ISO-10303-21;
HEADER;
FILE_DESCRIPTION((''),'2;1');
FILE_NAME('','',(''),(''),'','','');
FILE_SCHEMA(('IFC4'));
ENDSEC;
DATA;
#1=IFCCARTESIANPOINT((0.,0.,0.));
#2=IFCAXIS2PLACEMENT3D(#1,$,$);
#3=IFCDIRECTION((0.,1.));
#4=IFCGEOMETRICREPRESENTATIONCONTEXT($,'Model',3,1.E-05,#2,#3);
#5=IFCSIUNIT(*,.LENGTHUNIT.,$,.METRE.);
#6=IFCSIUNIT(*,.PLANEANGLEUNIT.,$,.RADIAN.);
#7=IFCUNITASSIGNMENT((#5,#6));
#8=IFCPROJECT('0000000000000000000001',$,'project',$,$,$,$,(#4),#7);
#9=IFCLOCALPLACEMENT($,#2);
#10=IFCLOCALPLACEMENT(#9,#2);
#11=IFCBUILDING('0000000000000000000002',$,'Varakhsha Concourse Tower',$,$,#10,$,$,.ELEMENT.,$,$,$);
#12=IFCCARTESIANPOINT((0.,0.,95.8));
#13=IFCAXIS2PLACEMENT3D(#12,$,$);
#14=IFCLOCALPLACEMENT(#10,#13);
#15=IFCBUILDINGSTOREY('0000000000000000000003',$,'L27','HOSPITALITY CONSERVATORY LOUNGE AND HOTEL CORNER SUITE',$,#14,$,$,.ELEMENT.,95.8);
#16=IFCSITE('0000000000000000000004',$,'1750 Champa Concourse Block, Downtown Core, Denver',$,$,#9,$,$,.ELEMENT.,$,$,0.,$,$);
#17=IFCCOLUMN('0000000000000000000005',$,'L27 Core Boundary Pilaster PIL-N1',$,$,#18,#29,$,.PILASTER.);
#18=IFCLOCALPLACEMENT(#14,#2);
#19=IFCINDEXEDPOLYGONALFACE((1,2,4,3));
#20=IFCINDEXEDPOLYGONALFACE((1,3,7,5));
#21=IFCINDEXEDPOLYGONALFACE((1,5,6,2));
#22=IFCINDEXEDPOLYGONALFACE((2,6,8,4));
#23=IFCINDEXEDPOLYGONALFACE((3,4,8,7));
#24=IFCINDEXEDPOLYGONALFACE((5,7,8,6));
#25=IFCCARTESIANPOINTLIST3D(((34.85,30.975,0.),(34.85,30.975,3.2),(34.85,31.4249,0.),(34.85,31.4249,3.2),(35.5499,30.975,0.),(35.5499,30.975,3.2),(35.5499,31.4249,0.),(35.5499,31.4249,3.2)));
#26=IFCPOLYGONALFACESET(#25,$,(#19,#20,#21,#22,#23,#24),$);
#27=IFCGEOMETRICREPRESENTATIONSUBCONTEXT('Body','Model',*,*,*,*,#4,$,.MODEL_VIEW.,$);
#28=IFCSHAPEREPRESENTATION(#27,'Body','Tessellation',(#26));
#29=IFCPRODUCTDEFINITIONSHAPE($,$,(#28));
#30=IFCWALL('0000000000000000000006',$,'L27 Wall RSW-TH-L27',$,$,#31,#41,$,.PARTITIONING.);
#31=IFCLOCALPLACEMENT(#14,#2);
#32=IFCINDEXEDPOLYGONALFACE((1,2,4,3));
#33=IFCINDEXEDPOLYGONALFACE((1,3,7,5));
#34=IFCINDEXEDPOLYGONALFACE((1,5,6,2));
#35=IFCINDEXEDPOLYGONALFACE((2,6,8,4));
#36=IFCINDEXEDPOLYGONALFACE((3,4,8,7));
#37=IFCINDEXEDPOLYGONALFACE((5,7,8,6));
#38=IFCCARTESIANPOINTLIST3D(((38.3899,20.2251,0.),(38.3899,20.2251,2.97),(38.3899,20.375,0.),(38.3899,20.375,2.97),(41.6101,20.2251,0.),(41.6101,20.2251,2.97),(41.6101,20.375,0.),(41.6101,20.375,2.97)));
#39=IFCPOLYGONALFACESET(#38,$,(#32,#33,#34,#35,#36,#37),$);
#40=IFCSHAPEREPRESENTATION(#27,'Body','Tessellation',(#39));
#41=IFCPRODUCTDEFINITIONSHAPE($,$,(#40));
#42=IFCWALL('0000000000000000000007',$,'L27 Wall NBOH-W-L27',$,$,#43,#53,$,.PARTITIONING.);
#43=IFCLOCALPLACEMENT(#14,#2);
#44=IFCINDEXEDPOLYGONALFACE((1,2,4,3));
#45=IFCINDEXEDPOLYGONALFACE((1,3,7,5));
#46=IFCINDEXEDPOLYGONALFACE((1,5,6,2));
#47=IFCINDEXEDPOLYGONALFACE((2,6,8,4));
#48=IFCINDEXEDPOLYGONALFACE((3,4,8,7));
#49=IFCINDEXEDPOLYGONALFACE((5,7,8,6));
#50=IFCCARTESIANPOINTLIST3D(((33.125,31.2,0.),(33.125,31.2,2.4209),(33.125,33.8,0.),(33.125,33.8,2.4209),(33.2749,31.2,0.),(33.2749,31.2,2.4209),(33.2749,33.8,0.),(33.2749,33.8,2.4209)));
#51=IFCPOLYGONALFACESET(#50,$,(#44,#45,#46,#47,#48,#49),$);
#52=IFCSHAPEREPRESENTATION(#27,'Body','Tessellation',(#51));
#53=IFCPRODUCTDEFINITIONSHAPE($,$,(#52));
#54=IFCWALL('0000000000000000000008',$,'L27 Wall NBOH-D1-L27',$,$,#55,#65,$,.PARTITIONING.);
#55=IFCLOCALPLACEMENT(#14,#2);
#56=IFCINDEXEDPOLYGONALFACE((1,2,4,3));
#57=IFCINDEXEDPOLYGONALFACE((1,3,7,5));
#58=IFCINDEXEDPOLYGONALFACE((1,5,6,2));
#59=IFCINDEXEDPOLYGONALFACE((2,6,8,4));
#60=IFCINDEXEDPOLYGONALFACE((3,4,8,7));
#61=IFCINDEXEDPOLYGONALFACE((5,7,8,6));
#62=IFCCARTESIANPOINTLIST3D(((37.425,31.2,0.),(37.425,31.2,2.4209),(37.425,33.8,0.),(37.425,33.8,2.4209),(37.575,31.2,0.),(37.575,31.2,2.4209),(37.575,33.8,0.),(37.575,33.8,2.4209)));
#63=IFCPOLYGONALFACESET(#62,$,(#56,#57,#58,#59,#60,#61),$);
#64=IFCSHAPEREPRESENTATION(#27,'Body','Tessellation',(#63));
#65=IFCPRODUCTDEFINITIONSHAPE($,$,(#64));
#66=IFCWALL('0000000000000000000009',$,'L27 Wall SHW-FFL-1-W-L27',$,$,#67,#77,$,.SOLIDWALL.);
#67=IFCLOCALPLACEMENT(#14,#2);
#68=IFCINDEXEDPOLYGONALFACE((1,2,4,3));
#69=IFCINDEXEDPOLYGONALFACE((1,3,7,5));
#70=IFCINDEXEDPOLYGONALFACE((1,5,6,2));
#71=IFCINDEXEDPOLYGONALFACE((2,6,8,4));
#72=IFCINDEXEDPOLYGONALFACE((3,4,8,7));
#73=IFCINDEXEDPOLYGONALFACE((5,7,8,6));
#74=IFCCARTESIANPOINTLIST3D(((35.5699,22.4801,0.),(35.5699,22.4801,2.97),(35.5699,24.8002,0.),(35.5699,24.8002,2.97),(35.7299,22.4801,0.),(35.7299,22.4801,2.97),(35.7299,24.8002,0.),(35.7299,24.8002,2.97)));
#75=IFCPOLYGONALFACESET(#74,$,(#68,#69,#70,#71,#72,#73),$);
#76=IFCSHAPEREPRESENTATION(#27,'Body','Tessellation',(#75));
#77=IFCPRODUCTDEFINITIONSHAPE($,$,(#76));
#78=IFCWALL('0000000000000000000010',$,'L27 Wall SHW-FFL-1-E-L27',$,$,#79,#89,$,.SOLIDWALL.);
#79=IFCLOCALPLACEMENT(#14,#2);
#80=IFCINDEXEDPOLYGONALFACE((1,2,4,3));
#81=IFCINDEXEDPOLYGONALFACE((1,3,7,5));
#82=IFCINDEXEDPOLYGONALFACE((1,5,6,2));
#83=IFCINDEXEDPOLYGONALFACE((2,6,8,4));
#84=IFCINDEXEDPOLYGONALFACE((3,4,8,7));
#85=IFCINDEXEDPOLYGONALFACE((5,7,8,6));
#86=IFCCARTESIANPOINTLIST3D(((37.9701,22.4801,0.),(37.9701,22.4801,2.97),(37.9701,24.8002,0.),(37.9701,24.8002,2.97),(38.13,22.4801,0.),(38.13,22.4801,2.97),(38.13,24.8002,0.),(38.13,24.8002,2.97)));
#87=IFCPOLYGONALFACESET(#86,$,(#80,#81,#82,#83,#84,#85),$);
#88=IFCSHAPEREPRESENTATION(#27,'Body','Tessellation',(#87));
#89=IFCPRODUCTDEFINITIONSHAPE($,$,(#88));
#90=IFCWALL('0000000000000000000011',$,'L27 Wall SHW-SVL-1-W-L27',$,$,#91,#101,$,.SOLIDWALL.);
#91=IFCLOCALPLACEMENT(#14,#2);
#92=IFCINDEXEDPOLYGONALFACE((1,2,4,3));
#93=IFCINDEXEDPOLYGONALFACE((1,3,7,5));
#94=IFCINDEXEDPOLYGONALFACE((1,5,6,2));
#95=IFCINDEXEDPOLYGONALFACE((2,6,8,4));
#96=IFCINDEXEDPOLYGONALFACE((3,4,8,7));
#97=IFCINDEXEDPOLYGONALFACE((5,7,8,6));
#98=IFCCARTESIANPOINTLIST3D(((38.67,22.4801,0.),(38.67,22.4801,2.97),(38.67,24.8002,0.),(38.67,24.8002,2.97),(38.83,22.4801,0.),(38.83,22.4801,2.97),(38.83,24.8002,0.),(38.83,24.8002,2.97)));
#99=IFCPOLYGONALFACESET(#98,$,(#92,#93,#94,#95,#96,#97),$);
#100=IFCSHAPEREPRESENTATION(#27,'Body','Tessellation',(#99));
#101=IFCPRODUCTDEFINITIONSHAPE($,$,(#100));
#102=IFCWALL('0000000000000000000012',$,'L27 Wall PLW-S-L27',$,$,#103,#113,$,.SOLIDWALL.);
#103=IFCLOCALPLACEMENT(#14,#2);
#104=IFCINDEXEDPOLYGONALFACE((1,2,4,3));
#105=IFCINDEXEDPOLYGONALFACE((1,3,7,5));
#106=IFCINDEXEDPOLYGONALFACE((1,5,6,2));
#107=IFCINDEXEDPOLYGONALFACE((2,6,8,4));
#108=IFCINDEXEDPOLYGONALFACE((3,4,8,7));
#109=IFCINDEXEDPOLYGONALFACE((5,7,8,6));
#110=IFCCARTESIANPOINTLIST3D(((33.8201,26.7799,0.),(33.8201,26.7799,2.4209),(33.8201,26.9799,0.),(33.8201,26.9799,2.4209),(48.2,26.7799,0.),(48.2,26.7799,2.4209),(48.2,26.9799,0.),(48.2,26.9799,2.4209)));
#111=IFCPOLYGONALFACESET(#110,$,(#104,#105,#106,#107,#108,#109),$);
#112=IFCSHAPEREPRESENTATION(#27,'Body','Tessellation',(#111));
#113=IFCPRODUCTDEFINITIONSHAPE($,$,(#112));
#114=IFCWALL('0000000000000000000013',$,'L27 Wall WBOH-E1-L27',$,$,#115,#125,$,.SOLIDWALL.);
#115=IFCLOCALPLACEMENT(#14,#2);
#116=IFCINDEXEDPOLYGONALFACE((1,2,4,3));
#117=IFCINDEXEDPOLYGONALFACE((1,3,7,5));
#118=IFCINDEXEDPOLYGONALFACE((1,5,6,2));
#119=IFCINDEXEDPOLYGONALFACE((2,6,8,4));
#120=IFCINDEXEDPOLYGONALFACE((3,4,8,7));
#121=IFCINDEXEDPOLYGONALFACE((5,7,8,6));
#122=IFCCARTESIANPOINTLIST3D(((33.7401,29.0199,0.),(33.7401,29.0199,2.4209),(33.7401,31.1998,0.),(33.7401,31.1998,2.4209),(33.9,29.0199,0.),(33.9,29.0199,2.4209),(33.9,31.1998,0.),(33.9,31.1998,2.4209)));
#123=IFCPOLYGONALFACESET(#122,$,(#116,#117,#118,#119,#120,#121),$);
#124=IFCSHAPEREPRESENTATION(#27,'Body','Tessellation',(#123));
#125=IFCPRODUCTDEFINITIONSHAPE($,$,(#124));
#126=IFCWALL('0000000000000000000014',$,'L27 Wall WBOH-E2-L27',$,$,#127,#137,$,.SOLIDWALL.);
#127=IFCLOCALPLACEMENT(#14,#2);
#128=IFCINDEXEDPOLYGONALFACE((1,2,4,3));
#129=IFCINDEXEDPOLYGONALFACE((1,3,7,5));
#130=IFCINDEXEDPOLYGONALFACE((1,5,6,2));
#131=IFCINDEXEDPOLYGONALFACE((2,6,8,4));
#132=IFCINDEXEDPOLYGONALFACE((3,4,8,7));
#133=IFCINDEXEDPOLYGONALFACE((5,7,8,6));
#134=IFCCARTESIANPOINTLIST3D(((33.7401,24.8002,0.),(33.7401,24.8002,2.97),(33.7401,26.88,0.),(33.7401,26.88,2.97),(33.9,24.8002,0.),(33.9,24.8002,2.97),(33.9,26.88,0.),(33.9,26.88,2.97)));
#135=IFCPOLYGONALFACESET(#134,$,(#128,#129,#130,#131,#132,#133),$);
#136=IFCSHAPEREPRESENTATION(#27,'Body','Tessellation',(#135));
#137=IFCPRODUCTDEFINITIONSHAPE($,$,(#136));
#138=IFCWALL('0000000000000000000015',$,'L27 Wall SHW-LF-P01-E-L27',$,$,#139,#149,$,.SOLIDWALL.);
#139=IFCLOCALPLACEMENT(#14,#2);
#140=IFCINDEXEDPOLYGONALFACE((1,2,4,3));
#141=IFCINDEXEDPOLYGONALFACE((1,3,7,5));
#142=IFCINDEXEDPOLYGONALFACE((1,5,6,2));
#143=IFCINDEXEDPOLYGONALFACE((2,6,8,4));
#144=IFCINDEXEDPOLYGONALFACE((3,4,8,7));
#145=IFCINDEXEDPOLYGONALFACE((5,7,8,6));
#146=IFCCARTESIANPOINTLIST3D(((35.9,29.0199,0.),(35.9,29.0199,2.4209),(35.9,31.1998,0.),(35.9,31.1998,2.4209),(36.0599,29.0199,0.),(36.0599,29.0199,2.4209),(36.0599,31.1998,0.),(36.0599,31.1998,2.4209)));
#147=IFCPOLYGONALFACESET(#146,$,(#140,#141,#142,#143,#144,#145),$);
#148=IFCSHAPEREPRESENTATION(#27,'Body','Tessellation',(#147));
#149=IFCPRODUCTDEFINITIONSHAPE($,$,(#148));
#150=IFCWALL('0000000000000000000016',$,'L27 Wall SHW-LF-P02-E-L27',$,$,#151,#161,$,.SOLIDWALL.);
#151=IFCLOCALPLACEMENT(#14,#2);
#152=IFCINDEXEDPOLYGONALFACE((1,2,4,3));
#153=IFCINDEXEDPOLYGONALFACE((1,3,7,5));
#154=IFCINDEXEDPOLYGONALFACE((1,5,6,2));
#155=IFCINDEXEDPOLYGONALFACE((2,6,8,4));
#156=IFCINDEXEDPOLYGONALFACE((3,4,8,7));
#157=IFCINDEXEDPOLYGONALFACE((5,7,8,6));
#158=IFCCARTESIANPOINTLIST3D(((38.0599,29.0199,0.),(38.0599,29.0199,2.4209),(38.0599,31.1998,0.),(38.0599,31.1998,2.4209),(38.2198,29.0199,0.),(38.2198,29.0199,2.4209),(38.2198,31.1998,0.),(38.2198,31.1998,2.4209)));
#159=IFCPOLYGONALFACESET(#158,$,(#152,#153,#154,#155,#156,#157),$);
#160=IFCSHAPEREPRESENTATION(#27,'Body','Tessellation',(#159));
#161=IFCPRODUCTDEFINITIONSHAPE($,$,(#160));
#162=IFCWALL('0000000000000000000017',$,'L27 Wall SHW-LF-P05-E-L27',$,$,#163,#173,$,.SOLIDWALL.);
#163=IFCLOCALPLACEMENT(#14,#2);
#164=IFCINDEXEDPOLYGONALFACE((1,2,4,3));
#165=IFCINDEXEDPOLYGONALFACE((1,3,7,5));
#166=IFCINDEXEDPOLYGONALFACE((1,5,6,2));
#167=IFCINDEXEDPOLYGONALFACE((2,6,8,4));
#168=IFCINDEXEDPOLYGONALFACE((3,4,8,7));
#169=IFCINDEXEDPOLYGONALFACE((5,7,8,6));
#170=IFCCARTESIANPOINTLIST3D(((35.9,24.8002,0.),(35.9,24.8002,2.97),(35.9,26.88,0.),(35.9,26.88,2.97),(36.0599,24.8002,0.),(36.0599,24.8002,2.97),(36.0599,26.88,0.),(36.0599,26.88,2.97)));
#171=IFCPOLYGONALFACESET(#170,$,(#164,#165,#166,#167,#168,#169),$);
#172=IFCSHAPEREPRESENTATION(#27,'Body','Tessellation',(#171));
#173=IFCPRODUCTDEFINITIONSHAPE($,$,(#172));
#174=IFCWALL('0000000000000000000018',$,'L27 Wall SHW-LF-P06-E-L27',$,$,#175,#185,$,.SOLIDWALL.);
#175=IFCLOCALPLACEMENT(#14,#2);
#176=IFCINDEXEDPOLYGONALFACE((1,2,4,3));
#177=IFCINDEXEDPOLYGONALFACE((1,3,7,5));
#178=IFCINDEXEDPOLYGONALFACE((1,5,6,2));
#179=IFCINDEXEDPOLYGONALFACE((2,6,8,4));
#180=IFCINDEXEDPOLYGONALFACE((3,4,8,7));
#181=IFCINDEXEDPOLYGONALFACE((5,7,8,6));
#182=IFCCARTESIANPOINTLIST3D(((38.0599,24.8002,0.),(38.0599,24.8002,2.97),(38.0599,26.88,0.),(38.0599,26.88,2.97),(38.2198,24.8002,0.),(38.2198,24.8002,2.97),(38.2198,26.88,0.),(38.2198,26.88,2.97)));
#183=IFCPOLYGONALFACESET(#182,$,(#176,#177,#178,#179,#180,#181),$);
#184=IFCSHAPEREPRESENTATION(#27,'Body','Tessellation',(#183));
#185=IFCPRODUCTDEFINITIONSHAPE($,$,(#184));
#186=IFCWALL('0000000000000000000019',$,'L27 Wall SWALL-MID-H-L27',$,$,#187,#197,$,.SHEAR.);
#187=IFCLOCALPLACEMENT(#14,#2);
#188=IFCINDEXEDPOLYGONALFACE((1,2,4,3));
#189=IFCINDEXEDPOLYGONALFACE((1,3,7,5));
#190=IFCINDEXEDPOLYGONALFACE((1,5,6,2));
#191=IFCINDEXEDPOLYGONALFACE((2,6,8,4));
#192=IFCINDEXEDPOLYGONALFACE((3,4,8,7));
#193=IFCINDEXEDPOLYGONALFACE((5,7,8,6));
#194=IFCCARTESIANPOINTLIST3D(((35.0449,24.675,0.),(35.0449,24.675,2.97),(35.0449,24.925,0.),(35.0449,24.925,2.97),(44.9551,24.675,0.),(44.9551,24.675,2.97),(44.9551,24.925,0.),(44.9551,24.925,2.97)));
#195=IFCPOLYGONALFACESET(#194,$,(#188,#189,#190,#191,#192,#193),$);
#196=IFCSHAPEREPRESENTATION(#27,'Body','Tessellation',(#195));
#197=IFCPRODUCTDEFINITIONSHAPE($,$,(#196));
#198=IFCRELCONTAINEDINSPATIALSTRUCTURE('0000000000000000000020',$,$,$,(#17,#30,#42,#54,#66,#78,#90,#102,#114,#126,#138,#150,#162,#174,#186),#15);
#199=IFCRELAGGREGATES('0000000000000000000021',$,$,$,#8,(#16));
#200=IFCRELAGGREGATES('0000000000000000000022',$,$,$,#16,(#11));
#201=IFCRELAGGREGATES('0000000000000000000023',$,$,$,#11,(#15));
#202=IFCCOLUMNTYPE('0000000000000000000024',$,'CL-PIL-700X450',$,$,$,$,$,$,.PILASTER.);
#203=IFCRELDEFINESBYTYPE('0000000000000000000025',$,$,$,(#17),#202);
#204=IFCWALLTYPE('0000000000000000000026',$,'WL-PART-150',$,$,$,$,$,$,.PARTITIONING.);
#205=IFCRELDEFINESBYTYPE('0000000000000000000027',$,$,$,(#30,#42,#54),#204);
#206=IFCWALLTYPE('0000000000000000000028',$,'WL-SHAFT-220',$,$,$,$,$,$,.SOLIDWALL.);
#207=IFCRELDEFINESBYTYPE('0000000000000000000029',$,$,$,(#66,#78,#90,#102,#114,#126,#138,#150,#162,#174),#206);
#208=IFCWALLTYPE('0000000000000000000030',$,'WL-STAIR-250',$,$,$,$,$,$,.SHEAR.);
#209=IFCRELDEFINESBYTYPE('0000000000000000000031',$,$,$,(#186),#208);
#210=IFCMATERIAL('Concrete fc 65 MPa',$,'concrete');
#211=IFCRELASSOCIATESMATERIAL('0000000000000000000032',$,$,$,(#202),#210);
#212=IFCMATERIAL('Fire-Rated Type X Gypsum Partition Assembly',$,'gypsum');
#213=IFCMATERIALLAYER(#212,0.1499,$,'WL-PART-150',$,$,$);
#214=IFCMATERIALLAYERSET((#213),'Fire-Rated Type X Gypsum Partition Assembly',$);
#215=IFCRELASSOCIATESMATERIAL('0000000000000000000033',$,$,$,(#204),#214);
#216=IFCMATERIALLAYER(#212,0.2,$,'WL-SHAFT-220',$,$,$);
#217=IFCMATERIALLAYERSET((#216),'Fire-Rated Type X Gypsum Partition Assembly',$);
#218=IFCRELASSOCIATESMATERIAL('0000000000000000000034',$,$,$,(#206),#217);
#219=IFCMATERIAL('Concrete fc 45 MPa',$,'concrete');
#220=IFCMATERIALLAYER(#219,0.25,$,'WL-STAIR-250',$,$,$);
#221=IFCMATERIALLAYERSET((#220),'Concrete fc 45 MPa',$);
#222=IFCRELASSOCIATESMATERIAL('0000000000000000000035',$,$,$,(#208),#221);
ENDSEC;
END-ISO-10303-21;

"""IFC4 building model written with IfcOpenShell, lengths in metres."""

from ifc_helpers import new_model, si_unit, direction, frame, frame_2d, origin, origin_2d, place, context, subcontext, project, spatial, rectangle, extrude, material, layer, layer_set, material_profile, profile_set, type_object, element, save


model = new_model("IFC4")

# Units and contexts
model_context = context("Model", 3, precision=1e-05, world=origin(), true_north=direction((0.0, 1.0)))
body_context = subcontext(model_context, "Body", "Model", "MODEL_VIEW")
ifc_project = project(units=[si_unit("LENGTHUNIT", "METRE"), si_unit("PLANEANGLEUNIT", "RADIAN")], contexts=[model_context])

# Site, building, storey
site_placement = place(None, origin())
site = spatial("IfcSite", under=ifc_project, at=site_placement, Name="1750 Champa Concourse Block, Downtown Core, Denver", CompositionType="ELEMENT", RefElevation=0.0)
building_placement = place(site_placement, origin())
building = spatial("IfcBuilding", under=site, at=building_placement, Name="Varakhsha Concourse Tower", CompositionType="ELEMENT")
storey_placement = place(building_placement, frame((0.0, 0.0, 95.8)))
storey = spatial("IfcBuildingStorey", under=building, at=storey_placement, Name="L27", Description="HOSPITALITY CONSERVATORY LOUNGE AND HOTEL CORNER SUITE", CompositionType="ELEMENT", Elevation=95.8)

# Column
ifc_material_1 = material(Name="Concrete fc 65 MPa", Category="concrete")
ifc_material_profile = material_profile(ifc_material_1, rectangle(XDim=0.7, YDim=0.45, at=origin_2d()), Name="RC 700x450")
ifc_profile_set = profile_set([ifc_material_profile], Name="Concrete fc 65 MPa")
column_type = type_object("IfcColumnType", Name="CL-PIL-700X450", PredefinedType="PILASTER", material=ifc_profile_set)
column_placement = place(storey_placement, frame((35.2, 31.2, 0.0), z_axis=(0.0, 0.0, 1.0), x_axis=(1.0, 0.0, 0.0)))
element("IfcColumn", 1, at=column_placement, inside=storey, type_object=column_type, Name="L27 Core Boundary Pilaster PIL-N1", PredefinedType="PILASTER", context=body_context, shape_type="SweptSolid", body=[
    extrude(rectangle(XDim=0.7, YDim=0.45, at=origin_2d()), origin(), (0.0, 0.0, 1.0), 3.2),
])

# Walls
ifc_material_2 = material(Name="Fire-Rated Type X Gypsum Partition Assembly", Category="gypsum")
ifc_layer_1 = layer(ifc_material_2, 0.1499, Name="WL-PART-150")
ifc_layer_set_1 = layer_set([ifc_layer_1], Name="Fire-Rated Type X Gypsum Partition Assembly")
wall_type_1 = type_object("IfcWallType", Name="WL-PART-150", PredefinedType="PARTITIONING", material=ifc_layer_set_1)
wall_1_placement = place(storey_placement, frame((38.3899, 20.3, 0.0), z_axis=(0.0, 0.0, 1.0), x_axis=(1.0, 0.0, 0.0)))
element("IfcWall", 2, at=wall_1_placement, inside=storey, type_object=wall_type_1, Name="L27 Wall RSW-TH-L27", PredefinedType="PARTITIONING", context=body_context, shape_type="SweptSolid", body=[
    extrude(rectangle(XDim=3.2202, YDim=0.1499, at=frame_2d((1.6101, 0.0))), origin(), (0.0, 0.0, 1.0), 2.97),
])
for number, where, z_axis, x_axis, name in (
    (3, (33.2, 31.2, 0.0), (0.0, 0.0, 1.0), (0.0, 1.0, 0.0), "L27 Wall NBOH-W-L27"),
    (4, (37.5, 31.2, 0.0), (0.0, 0.0, 1.0), (0.0, 1.0, 0.0), "L27 Wall NBOH-D1-L27"),
):
    element("IfcWall", number, at=place(storey_placement, frame(where, z_axis=z_axis, x_axis=x_axis)), inside=storey, type_object=wall_type_1, Name=name, PredefinedType="PARTITIONING", context=body_context, shape_type="SweptSolid", body=[
        extrude(rectangle(XDim=2.6001, YDim=0.1499, at=frame_2d((1.3, 0.0))), origin(), (0.0, 0.0, 1.0), 2.4209),
    ])

# Shared definitions
ifc_layer_2 = layer(ifc_material_2, 0.2, Name="WL-SHAFT-220")
ifc_layer_set_2 = layer_set([ifc_layer_2], Name="Fire-Rated Type X Gypsum Partition Assembly")
wall_type_2 = type_object("IfcWallType", Name="WL-SHAFT-220", PredefinedType="SOLIDWALL", material=ifc_layer_set_2)

# Walls
for number, where, z_axis, x_axis, name in (
    (5, (35.6499, 22.48, 0.0), (0.0, 0.0, 1.0), (0.0, 1.0, 0.0), "L27 Wall SHW-FFL-1-W-L27"),
    (6, (38.05, 22.48, 0.0), (0.0, 0.0, 1.0), (0.0, 1.0, 0.0), "L27 Wall SHW-FFL-1-E-L27"),
    (7, (38.75, 22.48, 0.0), (0.0, 0.0, 1.0), (0.0, 1.0, 0.0), "L27 Wall SHW-SVL-1-W-L27"),
):
    element("IfcWall", number, at=place(storey_placement, frame(where, z_axis=z_axis, x_axis=x_axis)), inside=storey, type_object=wall_type_2, Name=name, PredefinedType="SOLIDWALL", context=body_context, shape_type="SweptSolid", body=[
        extrude(rectangle(XDim=2.3201, YDim=0.1599, at=frame_2d((1.1602, 0.0))), origin(), (0.0, 0.0, 1.0), 2.97),
    ])

# Walls
wall_2_placement = place(storey_placement, frame((33.8201, 26.8799, 0.0), z_axis=(0.0, 0.0, 1.0), x_axis=(1.0, 0.0, 0.0)))
element("IfcWall", 8, at=wall_2_placement, inside=storey, type_object=wall_type_2, Name="L27 Wall PLW-S-L27", PredefinedType="SOLIDWALL", context=body_context, shape_type="SweptSolid", body=[
    extrude(rectangle(XDim=14.3799, YDim=0.2, at=frame_2d((7.1899, 0.0))), origin(), (0.0, 0.0, 1.0), 2.4209),
])
wall_3_placement = place(storey_placement, frame((33.8201, 29.02, 0.0), z_axis=(0.0, 0.0, 1.0), x_axis=(0.0, 1.0, 0.0)))
element("IfcWall", 9, at=wall_3_placement, inside=storey, type_object=wall_type_2, Name="L27 Wall WBOH-E1-L27", PredefinedType="SOLIDWALL", context=body_context, shape_type="SweptSolid", body=[
    extrude(rectangle(XDim=2.1799, YDim=0.1599, at=frame_2d((1.0898, 0.0))), origin(), (0.0, 0.0, 1.0), 2.4209),
])
wall_4_placement = place(storey_placement, frame((33.8201, 24.8, 0.0), z_axis=(0.0, 0.0, 1.0), x_axis=(0.0, 1.0, 0.0)))
element("IfcWall", 10, at=wall_4_placement, inside=storey, type_object=wall_type_2, Name="L27 Wall WBOH-E2-L27", PredefinedType="SOLIDWALL", context=body_context, shape_type="SweptSolid", body=[
    extrude(rectangle(XDim=2.0798, YDim=0.1599, at=frame_2d((1.04, 0.0))), origin(), (0.0, 0.0, 1.0), 2.97),
])
for number, where, z_axis, x_axis, name in (
    (11, (35.98, 29.02, 0.0), (0.0, 0.0, 1.0), (0.0, 1.0, 0.0), "L27 Wall SHW-LF-P01-E-L27"),
    (12, (38.1399, 29.02, 0.0), (0.0, 0.0, 1.0), (0.0, 1.0, 0.0), "L27 Wall SHW-LF-P02-E-L27"),
):
    element("IfcWall", number, at=place(storey_placement, frame(where, z_axis=z_axis, x_axis=x_axis)), inside=storey, type_object=wall_type_2, Name=name, PredefinedType="SOLIDWALL", context=body_context, shape_type="SweptSolid", body=[
        extrude(rectangle(XDim=2.1799, YDim=0.1599, at=frame_2d((1.0898, 0.0))), origin(), (0.0, 0.0, 1.0), 2.4209),
    ])
for number, where, z_axis, x_axis, name in (
    (13, (35.98, 24.8, 0.0), (0.0, 0.0, 1.0), (0.0, 1.0, 0.0), "L27 Wall SHW-LF-P05-E-L27"),
    (14, (38.1399, 24.8, 0.0), (0.0, 0.0, 1.0), (0.0, 1.0, 0.0), "L27 Wall SHW-LF-P06-E-L27"),
):
    element("IfcWall", number, at=place(storey_placement, frame(where, z_axis=z_axis, x_axis=x_axis)), inside=storey, type_object=wall_type_2, Name=name, PredefinedType="SOLIDWALL", context=body_context, shape_type="SweptSolid", body=[
        extrude(rectangle(XDim=2.0798, YDim=0.1599, at=frame_2d((1.04, 0.0))), origin(), (0.0, 0.0, 1.0), 2.97),
    ])
ifc_material_3 = material(Name="Concrete fc 45 MPa", Category="concrete")
ifc_layer_3 = layer(ifc_material_3, 0.25, Name="WL-STAIR-250")
ifc_layer_set_3 = layer_set([ifc_layer_3], Name="Concrete fc 45 MPa")
wall_type_3 = type_object("IfcWallType", Name="WL-STAIR-250", PredefinedType="SHEAR", material=ifc_layer_set_3)
wall_5_placement = place(storey_placement, frame((35.0449, 24.8, 0.0), z_axis=(0.0, 0.0, 1.0), x_axis=(1.0, 0.0, 0.0)))
element("IfcWall", 15, at=wall_5_placement, inside=storey, type_object=wall_type_3, Name="L27 Wall SWALL-MID-H-L27", PredefinedType="SHEAR", context=body_context, shape_type="SweptSolid", body=[
    extrude(rectangle(XDim=9.9102, YDim=0.25, at=frame_2d((4.9551, 0.0))), origin(), (0.0, 0.0, 1.0), 2.97),
])

save(model, "model.ifc")
